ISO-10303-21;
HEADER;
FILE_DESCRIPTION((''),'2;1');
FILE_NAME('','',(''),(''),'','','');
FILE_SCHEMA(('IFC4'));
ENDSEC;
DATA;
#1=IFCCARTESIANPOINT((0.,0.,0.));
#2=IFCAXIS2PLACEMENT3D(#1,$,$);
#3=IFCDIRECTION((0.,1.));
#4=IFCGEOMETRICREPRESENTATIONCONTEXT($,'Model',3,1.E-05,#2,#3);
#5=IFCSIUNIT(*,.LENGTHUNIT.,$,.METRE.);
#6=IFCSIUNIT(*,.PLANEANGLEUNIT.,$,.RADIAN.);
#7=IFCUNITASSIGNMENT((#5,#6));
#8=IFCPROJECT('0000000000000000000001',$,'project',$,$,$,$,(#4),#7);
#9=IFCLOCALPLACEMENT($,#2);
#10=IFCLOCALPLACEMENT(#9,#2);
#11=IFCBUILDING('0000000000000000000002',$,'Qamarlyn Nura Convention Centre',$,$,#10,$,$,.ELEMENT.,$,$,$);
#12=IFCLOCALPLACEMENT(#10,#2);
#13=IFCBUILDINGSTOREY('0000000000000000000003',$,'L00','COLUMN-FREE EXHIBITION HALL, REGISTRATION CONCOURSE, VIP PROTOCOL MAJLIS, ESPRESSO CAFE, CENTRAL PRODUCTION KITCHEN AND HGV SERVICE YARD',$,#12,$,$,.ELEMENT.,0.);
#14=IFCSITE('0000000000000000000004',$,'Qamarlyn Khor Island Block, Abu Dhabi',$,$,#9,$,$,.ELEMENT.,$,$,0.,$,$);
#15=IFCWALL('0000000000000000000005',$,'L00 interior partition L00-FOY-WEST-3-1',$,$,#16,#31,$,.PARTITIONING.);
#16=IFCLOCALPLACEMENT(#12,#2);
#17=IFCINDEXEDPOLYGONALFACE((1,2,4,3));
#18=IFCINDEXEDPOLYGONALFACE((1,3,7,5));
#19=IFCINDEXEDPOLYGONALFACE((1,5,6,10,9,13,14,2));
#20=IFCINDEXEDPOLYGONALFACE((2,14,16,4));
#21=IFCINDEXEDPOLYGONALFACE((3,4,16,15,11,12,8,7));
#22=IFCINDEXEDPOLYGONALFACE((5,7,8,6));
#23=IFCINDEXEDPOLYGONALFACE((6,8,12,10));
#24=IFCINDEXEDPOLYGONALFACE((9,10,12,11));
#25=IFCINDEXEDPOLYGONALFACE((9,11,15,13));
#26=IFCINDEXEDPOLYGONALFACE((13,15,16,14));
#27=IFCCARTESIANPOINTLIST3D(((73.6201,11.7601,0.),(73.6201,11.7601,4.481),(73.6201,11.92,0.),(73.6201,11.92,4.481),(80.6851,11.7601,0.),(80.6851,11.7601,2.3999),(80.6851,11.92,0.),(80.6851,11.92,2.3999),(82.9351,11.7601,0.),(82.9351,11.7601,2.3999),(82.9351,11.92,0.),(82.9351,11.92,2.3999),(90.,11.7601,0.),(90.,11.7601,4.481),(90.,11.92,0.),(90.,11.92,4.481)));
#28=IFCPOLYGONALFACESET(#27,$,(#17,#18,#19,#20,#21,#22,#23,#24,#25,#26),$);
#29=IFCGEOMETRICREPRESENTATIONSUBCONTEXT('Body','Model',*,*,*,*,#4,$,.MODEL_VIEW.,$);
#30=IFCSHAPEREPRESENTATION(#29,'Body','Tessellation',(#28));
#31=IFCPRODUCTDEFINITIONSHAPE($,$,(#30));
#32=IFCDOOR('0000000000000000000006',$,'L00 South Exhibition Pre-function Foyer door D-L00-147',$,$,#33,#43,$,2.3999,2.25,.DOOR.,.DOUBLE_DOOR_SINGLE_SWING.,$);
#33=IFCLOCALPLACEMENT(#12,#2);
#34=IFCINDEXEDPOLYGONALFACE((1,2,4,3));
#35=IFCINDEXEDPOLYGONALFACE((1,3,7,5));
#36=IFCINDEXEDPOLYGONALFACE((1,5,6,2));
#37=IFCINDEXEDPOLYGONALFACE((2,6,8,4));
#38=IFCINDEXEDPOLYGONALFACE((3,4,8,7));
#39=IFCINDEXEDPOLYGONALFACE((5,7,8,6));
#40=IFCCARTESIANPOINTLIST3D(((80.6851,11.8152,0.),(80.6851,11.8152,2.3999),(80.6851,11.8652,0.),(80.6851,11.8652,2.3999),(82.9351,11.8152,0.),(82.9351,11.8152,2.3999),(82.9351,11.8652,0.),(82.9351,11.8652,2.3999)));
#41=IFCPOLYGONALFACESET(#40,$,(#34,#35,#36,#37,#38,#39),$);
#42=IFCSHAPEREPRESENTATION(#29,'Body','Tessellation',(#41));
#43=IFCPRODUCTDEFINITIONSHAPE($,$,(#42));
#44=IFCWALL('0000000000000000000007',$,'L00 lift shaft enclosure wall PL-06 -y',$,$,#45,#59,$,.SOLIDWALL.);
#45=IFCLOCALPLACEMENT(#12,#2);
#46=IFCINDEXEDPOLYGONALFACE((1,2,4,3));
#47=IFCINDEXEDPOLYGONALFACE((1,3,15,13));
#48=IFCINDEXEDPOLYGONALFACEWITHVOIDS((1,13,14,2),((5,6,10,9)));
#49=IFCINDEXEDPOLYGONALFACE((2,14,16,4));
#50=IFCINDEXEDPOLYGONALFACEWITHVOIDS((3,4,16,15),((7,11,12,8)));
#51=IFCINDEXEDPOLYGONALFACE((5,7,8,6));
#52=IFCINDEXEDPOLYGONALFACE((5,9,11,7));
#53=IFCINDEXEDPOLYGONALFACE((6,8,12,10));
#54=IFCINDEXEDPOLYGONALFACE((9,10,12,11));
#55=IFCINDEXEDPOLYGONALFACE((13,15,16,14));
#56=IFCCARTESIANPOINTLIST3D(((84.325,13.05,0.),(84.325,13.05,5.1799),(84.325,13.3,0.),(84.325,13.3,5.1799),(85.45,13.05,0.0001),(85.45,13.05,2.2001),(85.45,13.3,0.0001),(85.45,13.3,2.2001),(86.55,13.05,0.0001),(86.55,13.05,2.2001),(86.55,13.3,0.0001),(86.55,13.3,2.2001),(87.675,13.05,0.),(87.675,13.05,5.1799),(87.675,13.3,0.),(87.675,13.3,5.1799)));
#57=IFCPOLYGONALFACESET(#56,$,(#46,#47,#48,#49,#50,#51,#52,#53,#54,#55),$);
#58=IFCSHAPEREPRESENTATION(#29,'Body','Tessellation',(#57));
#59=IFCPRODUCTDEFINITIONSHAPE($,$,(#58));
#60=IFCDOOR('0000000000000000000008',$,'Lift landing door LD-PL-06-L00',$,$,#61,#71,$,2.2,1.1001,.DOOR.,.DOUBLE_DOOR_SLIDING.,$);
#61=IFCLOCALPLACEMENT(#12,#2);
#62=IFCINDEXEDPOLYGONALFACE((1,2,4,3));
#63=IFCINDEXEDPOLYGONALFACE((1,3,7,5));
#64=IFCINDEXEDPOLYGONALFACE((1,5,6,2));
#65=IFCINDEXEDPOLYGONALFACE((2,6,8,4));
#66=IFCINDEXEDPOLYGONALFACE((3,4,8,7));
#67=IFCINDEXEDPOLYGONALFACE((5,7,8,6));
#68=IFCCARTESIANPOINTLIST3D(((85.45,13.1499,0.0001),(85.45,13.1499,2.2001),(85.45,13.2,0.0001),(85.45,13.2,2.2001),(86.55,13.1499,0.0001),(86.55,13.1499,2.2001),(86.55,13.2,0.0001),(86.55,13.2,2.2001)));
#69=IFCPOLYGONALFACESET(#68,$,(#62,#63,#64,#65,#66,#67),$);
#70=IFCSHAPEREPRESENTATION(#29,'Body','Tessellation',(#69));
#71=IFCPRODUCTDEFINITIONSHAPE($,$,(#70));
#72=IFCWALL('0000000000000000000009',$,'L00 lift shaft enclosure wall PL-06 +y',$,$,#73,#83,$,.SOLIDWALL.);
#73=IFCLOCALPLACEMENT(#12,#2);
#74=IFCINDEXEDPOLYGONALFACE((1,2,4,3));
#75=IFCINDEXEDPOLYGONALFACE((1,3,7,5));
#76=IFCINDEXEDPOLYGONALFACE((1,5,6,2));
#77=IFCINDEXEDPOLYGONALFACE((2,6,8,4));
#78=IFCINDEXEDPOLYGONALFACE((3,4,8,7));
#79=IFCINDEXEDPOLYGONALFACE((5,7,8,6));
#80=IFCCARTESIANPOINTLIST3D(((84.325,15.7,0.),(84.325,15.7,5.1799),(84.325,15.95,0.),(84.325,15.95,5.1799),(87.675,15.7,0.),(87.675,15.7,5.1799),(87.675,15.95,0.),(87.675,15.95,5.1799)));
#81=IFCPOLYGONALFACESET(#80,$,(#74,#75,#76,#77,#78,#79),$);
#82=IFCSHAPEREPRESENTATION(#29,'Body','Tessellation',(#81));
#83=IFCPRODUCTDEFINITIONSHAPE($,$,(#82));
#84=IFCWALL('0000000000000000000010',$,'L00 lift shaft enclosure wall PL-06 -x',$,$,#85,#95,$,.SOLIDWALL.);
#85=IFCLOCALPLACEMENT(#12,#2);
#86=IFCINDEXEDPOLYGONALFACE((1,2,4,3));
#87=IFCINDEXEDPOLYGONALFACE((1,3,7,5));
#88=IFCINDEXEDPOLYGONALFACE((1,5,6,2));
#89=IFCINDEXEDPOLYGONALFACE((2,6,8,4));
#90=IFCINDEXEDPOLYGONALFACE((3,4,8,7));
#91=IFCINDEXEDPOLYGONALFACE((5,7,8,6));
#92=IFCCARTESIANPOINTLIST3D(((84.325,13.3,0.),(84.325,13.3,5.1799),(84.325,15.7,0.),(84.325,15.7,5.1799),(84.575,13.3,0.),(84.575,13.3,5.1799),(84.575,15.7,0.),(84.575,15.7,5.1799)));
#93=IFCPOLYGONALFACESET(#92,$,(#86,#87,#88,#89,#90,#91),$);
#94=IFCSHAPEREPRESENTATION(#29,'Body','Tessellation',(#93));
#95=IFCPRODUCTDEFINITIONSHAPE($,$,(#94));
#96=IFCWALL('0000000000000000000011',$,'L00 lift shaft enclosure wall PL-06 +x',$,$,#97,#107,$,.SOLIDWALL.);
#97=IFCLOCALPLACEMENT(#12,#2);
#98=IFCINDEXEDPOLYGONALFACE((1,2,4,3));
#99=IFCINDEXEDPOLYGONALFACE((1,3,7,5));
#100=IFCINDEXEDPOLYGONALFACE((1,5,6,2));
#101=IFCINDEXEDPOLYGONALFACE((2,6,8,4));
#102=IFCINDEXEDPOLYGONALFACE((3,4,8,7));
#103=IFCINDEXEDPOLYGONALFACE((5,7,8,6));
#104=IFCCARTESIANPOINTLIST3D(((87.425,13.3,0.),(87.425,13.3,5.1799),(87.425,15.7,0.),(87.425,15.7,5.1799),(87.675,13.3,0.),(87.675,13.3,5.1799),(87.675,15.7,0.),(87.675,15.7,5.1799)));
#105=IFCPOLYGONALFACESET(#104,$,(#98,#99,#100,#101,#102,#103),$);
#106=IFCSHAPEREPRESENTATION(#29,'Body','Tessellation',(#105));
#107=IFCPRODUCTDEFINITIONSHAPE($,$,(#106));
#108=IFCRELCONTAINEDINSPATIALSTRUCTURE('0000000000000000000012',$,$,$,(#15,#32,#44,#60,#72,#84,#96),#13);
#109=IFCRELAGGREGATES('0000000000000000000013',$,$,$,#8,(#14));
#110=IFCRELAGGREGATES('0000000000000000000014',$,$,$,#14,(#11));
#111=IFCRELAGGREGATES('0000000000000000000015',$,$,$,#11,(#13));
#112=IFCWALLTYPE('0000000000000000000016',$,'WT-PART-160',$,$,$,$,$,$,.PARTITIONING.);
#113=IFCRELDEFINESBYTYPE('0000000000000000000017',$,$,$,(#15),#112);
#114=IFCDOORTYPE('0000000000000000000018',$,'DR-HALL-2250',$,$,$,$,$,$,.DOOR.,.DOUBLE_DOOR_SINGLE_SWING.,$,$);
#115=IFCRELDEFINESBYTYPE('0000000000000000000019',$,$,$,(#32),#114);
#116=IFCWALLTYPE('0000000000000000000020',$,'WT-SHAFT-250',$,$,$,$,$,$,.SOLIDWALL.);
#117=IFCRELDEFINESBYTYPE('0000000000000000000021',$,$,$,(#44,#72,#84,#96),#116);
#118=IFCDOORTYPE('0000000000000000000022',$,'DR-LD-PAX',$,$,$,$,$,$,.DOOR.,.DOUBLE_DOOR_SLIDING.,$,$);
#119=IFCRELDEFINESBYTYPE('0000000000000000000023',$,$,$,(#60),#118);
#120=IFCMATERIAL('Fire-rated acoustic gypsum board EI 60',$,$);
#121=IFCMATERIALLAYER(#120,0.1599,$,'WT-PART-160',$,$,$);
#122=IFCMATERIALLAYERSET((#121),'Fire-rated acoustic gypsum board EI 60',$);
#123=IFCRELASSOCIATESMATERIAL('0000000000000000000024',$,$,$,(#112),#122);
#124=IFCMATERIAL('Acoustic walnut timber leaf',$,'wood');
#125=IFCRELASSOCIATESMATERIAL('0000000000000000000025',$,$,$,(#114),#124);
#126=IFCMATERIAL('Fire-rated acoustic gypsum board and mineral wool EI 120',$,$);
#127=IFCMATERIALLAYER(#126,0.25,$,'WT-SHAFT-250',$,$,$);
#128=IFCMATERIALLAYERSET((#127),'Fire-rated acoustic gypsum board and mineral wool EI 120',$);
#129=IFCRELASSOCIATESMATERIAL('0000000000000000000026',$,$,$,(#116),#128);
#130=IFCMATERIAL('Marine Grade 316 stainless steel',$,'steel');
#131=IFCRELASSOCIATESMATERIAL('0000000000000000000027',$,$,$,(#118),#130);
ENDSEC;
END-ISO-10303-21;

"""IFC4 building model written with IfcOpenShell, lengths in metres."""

from ifc_helpers import new_model, si_unit, direction, frame, frame_2d, origin, place, context, subcontext, project, spatial, rectangle, extrude, material, layer, layer_set, type_object, element, fill, save


model = new_model("IFC4")

# Units and contexts
model_context = context("Model", 3, precision=1e-05, world=origin(), true_north=direction((0.0, 1.0)))
body_context = subcontext(model_context, "Body", "Model", "MODEL_VIEW")
ifc_project = project(units=[si_unit("LENGTHUNIT", "METRE"), si_unit("PLANEANGLEUNIT", "RADIAN")], contexts=[model_context])

# Site, building, storey
site_placement = place(None, origin())
site = spatial("IfcSite", under=ifc_project, at=site_placement, Name="Qamarlyn Khor Island Block, Abu Dhabi", CompositionType="ELEMENT", RefElevation=0.0)
building_placement = place(site_placement, origin())
building = spatial("IfcBuilding", under=site, at=building_placement, Name="Qamarlyn Nura Convention Centre", CompositionType="ELEMENT")
storey_placement = place(building_placement, origin())
storey = spatial("IfcBuildingStorey", under=building, at=storey_placement, Name="L00", Description="COLUMN-FREE EXHIBITION HALL, REGISTRATION CONCOURSE, VIP PROTOCOL MAJLIS, ESPRESSO CAFE, CENTRAL PRODUCTION KITCHEN AND HGV SERVICE YARD", CompositionType="ELEMENT", Elevation=0.0)

# Shared definitions
ifc_material_1 = material(Name="Fire-rated acoustic gypsum board EI 60")
ifc_layer_1 = layer(ifc_material_1, 0.1599, Name="WT-PART-160")
ifc_layer_set_1 = layer_set([ifc_layer_1], Name="Fire-rated acoustic gypsum board EI 60")
wall_type_1 = type_object("IfcWallType", Name="WT-PART-160", PredefinedType="PARTITIONING", material=ifc_layer_set_1)

# Walls, openings, doors
wall_1_placement = place(storey_placement, frame((90.0, 11.8401, 0.0), z_axis=(0.0, 0.0, 1.0), x_axis=(-1.0, 0.0, 0.0)))
wall_1 = element("IfcWall", 1, at=wall_1_placement, inside=storey, type_object=wall_type_1, Name="L00 interior partition L00-FOY-WEST-3-1", PredefinedType="PARTITIONING", context=body_context, shape_type="SweptSolid", body=[
    extrude(rectangle(XDim=16.3799, YDim=0.1599, at=frame_2d((8.1899, 0.0))), origin(), (0.0, 0.0, 1.0), 4.481),
])
opening_1_placement = place(wall_1_placement, frame((7.0649, 0.0, 0.0)))
opening_1 = element("IfcOpeningElement", 2, at=opening_1_placement, cuts=wall_1, PredefinedType="OPENING", context=body_context, shape_type="SweptSolid", body=[
    extrude(rectangle(XDim=2.25, YDim=2.3999, at=frame_2d((1.125, 1.2))), frame((0.0, 0.0898, 0.0), z_axis=(0.0, -1.0, 0.0), x_axis=(1.0, 0.0, 0.0)), (0.0, 0.0, 1.0), 0.1799),
])
ifc_material_2 = material(Name="Acoustic walnut timber leaf", Category="wood")
door_type_1 = type_object("IfcDoorType", Name="DR-HALL-2250", OperationType="DOUBLE_DOOR_SINGLE_SWING", PredefinedType="DOOR", material=ifc_material_2)
door_1_placement = place(opening_1_placement, origin())
door_1 = element("IfcDoor", 3, at=door_1_placement, inside=storey, type_object=door_type_1, Name="L00 South Exhibition Pre-function Foyer door D-L00-147", OperationType="DOUBLE_DOOR_SINGLE_SWING", OverallHeight=2.3999, OverallWidth=2.25, PredefinedType="DOOR", context=body_context, shape_type="SweptSolid", body=[
    extrude(rectangle(XDim=2.25, YDim=2.3999, at=frame_2d((1.125, 1.2))), frame((0.0, 0.0249, 0.0), z_axis=(0.0, -1.0, 0.0), x_axis=(1.0, 0.0, 0.0)), (0.0, 0.0, 1.0), 0.05),
])
fill(opening_1, door_1)
ifc_material_3 = material(Name="Fire-rated acoustic gypsum board and mineral wool EI 120")
ifc_layer_2 = layer(ifc_material_3, 0.25, Name="WT-SHAFT-250")
ifc_layer_set_2 = layer_set([ifc_layer_2], Name="Fire-rated acoustic gypsum board and mineral wool EI 120")
wall_type_2 = type_object("IfcWallType", Name="WT-SHAFT-250", PredefinedType="SOLIDWALL", material=ifc_layer_set_2)
wall_2_placement = place(storey_placement, frame((84.325, 13.175, 0.0), z_axis=(0.0, 0.0, 1.0), x_axis=(1.0, 0.0, 0.0)))
wall_2 = element("IfcWall", 4, at=wall_2_placement, inside=storey, type_object=wall_type_2, Name="L00 lift shaft enclosure wall PL-06 -y", PredefinedType="SOLIDWALL", context=body_context, shape_type="SweptSolid", body=[
    extrude(rectangle(XDim=3.3501, YDim=0.25, at=frame_2d((1.675, 0.0))), origin(), (0.0, 0.0, 1.0), 5.1799),
])
opening_2_placement = place(wall_2_placement, frame((1.125, 0.0, 0.0)))
opening_2 = element("IfcOpeningElement", 5, at=opening_2_placement, cuts=wall_2, PredefinedType="OPENING", context=body_context, shape_type="SweptSolid", body=[
    extrude(rectangle(XDim=1.1001, YDim=2.2, at=frame_2d((0.55, 1.1001))), frame((0.0, 0.135, 0.0), z_axis=(0.0, -1.0, 0.0), x_axis=(1.0, 0.0, 0.0)), (0.0, 0.0, 1.0), 0.27),
])
ifc_material_4 = material(Name="Marine Grade 316 stainless steel", Category="steel")
door_type_2 = type_object("IfcDoorType", Name="DR-LD-PAX", OperationType="DOUBLE_DOOR_SLIDING", PredefinedType="DOOR", material=ifc_material_4)
door_2_placement = place(opening_2_placement, origin())
door_2 = element("IfcDoor", 6, at=door_2_placement, inside=storey, type_object=door_type_2, Name="Lift landing door LD-PL-06-L00", OperationType="DOUBLE_DOOR_SLIDING", OverallHeight=2.2, OverallWidth=1.1001, PredefinedType="DOOR", context=body_context, shape_type="SweptSolid", body=[
    extrude(rectangle(XDim=1.1001, YDim=2.2, at=frame_2d((0.55, 1.1001))), frame((0.0, 0.0249, 0.0), z_axis=(0.0, -1.0, 0.0), x_axis=(1.0, 0.0, 0.0)), (0.0, 0.0, 1.0), 0.05),
])
fill(opening_2, door_2)

# Walls
wall_3_placement = place(storey_placement, frame((87.675, 15.825, 0.0), z_axis=(0.0, 0.0, 1.0), x_axis=(-1.0, 0.0, 0.0)))
element("IfcWall", 7, at=wall_3_placement, inside=storey, type_object=wall_type_2, Name="L00 lift shaft enclosure wall PL-06 +y", PredefinedType="SOLIDWALL", context=body_context, shape_type="SweptSolid", body=[
    extrude(rectangle(XDim=3.3501, YDim=0.25, at=frame_2d((1.675, 0.0))), origin(), (0.0, 0.0, 1.0), 5.1799),
])
for number, where, z_axis, x_axis, name in (
    (8, (84.45, 15.7, 0.0), (0.0, 0.0, 1.0), (0.0, -1.0, 0.0), "L00 lift shaft enclosure wall PL-06 -x"),
    (9, (87.55, 13.3, 0.0), (0.0, 0.0, 1.0), (0.0, 1.0, 0.0), "L00 lift shaft enclosure wall PL-06 +x"),
):
    element("IfcWall", number, at=place(storey_placement, frame(where, z_axis=z_axis, x_axis=x_axis)), inside=storey, type_object=wall_type_2, Name=name, PredefinedType="SOLIDWALL", context=body_context, shape_type="SweptSolid", body=[
        extrude(rectangle(XDim=2.3999, YDim=0.25, at=frame_2d((1.2, 0.0))), origin(), (0.0, 0.0, 1.0), 5.1799),
    ])

save(model, "model.ifc")
